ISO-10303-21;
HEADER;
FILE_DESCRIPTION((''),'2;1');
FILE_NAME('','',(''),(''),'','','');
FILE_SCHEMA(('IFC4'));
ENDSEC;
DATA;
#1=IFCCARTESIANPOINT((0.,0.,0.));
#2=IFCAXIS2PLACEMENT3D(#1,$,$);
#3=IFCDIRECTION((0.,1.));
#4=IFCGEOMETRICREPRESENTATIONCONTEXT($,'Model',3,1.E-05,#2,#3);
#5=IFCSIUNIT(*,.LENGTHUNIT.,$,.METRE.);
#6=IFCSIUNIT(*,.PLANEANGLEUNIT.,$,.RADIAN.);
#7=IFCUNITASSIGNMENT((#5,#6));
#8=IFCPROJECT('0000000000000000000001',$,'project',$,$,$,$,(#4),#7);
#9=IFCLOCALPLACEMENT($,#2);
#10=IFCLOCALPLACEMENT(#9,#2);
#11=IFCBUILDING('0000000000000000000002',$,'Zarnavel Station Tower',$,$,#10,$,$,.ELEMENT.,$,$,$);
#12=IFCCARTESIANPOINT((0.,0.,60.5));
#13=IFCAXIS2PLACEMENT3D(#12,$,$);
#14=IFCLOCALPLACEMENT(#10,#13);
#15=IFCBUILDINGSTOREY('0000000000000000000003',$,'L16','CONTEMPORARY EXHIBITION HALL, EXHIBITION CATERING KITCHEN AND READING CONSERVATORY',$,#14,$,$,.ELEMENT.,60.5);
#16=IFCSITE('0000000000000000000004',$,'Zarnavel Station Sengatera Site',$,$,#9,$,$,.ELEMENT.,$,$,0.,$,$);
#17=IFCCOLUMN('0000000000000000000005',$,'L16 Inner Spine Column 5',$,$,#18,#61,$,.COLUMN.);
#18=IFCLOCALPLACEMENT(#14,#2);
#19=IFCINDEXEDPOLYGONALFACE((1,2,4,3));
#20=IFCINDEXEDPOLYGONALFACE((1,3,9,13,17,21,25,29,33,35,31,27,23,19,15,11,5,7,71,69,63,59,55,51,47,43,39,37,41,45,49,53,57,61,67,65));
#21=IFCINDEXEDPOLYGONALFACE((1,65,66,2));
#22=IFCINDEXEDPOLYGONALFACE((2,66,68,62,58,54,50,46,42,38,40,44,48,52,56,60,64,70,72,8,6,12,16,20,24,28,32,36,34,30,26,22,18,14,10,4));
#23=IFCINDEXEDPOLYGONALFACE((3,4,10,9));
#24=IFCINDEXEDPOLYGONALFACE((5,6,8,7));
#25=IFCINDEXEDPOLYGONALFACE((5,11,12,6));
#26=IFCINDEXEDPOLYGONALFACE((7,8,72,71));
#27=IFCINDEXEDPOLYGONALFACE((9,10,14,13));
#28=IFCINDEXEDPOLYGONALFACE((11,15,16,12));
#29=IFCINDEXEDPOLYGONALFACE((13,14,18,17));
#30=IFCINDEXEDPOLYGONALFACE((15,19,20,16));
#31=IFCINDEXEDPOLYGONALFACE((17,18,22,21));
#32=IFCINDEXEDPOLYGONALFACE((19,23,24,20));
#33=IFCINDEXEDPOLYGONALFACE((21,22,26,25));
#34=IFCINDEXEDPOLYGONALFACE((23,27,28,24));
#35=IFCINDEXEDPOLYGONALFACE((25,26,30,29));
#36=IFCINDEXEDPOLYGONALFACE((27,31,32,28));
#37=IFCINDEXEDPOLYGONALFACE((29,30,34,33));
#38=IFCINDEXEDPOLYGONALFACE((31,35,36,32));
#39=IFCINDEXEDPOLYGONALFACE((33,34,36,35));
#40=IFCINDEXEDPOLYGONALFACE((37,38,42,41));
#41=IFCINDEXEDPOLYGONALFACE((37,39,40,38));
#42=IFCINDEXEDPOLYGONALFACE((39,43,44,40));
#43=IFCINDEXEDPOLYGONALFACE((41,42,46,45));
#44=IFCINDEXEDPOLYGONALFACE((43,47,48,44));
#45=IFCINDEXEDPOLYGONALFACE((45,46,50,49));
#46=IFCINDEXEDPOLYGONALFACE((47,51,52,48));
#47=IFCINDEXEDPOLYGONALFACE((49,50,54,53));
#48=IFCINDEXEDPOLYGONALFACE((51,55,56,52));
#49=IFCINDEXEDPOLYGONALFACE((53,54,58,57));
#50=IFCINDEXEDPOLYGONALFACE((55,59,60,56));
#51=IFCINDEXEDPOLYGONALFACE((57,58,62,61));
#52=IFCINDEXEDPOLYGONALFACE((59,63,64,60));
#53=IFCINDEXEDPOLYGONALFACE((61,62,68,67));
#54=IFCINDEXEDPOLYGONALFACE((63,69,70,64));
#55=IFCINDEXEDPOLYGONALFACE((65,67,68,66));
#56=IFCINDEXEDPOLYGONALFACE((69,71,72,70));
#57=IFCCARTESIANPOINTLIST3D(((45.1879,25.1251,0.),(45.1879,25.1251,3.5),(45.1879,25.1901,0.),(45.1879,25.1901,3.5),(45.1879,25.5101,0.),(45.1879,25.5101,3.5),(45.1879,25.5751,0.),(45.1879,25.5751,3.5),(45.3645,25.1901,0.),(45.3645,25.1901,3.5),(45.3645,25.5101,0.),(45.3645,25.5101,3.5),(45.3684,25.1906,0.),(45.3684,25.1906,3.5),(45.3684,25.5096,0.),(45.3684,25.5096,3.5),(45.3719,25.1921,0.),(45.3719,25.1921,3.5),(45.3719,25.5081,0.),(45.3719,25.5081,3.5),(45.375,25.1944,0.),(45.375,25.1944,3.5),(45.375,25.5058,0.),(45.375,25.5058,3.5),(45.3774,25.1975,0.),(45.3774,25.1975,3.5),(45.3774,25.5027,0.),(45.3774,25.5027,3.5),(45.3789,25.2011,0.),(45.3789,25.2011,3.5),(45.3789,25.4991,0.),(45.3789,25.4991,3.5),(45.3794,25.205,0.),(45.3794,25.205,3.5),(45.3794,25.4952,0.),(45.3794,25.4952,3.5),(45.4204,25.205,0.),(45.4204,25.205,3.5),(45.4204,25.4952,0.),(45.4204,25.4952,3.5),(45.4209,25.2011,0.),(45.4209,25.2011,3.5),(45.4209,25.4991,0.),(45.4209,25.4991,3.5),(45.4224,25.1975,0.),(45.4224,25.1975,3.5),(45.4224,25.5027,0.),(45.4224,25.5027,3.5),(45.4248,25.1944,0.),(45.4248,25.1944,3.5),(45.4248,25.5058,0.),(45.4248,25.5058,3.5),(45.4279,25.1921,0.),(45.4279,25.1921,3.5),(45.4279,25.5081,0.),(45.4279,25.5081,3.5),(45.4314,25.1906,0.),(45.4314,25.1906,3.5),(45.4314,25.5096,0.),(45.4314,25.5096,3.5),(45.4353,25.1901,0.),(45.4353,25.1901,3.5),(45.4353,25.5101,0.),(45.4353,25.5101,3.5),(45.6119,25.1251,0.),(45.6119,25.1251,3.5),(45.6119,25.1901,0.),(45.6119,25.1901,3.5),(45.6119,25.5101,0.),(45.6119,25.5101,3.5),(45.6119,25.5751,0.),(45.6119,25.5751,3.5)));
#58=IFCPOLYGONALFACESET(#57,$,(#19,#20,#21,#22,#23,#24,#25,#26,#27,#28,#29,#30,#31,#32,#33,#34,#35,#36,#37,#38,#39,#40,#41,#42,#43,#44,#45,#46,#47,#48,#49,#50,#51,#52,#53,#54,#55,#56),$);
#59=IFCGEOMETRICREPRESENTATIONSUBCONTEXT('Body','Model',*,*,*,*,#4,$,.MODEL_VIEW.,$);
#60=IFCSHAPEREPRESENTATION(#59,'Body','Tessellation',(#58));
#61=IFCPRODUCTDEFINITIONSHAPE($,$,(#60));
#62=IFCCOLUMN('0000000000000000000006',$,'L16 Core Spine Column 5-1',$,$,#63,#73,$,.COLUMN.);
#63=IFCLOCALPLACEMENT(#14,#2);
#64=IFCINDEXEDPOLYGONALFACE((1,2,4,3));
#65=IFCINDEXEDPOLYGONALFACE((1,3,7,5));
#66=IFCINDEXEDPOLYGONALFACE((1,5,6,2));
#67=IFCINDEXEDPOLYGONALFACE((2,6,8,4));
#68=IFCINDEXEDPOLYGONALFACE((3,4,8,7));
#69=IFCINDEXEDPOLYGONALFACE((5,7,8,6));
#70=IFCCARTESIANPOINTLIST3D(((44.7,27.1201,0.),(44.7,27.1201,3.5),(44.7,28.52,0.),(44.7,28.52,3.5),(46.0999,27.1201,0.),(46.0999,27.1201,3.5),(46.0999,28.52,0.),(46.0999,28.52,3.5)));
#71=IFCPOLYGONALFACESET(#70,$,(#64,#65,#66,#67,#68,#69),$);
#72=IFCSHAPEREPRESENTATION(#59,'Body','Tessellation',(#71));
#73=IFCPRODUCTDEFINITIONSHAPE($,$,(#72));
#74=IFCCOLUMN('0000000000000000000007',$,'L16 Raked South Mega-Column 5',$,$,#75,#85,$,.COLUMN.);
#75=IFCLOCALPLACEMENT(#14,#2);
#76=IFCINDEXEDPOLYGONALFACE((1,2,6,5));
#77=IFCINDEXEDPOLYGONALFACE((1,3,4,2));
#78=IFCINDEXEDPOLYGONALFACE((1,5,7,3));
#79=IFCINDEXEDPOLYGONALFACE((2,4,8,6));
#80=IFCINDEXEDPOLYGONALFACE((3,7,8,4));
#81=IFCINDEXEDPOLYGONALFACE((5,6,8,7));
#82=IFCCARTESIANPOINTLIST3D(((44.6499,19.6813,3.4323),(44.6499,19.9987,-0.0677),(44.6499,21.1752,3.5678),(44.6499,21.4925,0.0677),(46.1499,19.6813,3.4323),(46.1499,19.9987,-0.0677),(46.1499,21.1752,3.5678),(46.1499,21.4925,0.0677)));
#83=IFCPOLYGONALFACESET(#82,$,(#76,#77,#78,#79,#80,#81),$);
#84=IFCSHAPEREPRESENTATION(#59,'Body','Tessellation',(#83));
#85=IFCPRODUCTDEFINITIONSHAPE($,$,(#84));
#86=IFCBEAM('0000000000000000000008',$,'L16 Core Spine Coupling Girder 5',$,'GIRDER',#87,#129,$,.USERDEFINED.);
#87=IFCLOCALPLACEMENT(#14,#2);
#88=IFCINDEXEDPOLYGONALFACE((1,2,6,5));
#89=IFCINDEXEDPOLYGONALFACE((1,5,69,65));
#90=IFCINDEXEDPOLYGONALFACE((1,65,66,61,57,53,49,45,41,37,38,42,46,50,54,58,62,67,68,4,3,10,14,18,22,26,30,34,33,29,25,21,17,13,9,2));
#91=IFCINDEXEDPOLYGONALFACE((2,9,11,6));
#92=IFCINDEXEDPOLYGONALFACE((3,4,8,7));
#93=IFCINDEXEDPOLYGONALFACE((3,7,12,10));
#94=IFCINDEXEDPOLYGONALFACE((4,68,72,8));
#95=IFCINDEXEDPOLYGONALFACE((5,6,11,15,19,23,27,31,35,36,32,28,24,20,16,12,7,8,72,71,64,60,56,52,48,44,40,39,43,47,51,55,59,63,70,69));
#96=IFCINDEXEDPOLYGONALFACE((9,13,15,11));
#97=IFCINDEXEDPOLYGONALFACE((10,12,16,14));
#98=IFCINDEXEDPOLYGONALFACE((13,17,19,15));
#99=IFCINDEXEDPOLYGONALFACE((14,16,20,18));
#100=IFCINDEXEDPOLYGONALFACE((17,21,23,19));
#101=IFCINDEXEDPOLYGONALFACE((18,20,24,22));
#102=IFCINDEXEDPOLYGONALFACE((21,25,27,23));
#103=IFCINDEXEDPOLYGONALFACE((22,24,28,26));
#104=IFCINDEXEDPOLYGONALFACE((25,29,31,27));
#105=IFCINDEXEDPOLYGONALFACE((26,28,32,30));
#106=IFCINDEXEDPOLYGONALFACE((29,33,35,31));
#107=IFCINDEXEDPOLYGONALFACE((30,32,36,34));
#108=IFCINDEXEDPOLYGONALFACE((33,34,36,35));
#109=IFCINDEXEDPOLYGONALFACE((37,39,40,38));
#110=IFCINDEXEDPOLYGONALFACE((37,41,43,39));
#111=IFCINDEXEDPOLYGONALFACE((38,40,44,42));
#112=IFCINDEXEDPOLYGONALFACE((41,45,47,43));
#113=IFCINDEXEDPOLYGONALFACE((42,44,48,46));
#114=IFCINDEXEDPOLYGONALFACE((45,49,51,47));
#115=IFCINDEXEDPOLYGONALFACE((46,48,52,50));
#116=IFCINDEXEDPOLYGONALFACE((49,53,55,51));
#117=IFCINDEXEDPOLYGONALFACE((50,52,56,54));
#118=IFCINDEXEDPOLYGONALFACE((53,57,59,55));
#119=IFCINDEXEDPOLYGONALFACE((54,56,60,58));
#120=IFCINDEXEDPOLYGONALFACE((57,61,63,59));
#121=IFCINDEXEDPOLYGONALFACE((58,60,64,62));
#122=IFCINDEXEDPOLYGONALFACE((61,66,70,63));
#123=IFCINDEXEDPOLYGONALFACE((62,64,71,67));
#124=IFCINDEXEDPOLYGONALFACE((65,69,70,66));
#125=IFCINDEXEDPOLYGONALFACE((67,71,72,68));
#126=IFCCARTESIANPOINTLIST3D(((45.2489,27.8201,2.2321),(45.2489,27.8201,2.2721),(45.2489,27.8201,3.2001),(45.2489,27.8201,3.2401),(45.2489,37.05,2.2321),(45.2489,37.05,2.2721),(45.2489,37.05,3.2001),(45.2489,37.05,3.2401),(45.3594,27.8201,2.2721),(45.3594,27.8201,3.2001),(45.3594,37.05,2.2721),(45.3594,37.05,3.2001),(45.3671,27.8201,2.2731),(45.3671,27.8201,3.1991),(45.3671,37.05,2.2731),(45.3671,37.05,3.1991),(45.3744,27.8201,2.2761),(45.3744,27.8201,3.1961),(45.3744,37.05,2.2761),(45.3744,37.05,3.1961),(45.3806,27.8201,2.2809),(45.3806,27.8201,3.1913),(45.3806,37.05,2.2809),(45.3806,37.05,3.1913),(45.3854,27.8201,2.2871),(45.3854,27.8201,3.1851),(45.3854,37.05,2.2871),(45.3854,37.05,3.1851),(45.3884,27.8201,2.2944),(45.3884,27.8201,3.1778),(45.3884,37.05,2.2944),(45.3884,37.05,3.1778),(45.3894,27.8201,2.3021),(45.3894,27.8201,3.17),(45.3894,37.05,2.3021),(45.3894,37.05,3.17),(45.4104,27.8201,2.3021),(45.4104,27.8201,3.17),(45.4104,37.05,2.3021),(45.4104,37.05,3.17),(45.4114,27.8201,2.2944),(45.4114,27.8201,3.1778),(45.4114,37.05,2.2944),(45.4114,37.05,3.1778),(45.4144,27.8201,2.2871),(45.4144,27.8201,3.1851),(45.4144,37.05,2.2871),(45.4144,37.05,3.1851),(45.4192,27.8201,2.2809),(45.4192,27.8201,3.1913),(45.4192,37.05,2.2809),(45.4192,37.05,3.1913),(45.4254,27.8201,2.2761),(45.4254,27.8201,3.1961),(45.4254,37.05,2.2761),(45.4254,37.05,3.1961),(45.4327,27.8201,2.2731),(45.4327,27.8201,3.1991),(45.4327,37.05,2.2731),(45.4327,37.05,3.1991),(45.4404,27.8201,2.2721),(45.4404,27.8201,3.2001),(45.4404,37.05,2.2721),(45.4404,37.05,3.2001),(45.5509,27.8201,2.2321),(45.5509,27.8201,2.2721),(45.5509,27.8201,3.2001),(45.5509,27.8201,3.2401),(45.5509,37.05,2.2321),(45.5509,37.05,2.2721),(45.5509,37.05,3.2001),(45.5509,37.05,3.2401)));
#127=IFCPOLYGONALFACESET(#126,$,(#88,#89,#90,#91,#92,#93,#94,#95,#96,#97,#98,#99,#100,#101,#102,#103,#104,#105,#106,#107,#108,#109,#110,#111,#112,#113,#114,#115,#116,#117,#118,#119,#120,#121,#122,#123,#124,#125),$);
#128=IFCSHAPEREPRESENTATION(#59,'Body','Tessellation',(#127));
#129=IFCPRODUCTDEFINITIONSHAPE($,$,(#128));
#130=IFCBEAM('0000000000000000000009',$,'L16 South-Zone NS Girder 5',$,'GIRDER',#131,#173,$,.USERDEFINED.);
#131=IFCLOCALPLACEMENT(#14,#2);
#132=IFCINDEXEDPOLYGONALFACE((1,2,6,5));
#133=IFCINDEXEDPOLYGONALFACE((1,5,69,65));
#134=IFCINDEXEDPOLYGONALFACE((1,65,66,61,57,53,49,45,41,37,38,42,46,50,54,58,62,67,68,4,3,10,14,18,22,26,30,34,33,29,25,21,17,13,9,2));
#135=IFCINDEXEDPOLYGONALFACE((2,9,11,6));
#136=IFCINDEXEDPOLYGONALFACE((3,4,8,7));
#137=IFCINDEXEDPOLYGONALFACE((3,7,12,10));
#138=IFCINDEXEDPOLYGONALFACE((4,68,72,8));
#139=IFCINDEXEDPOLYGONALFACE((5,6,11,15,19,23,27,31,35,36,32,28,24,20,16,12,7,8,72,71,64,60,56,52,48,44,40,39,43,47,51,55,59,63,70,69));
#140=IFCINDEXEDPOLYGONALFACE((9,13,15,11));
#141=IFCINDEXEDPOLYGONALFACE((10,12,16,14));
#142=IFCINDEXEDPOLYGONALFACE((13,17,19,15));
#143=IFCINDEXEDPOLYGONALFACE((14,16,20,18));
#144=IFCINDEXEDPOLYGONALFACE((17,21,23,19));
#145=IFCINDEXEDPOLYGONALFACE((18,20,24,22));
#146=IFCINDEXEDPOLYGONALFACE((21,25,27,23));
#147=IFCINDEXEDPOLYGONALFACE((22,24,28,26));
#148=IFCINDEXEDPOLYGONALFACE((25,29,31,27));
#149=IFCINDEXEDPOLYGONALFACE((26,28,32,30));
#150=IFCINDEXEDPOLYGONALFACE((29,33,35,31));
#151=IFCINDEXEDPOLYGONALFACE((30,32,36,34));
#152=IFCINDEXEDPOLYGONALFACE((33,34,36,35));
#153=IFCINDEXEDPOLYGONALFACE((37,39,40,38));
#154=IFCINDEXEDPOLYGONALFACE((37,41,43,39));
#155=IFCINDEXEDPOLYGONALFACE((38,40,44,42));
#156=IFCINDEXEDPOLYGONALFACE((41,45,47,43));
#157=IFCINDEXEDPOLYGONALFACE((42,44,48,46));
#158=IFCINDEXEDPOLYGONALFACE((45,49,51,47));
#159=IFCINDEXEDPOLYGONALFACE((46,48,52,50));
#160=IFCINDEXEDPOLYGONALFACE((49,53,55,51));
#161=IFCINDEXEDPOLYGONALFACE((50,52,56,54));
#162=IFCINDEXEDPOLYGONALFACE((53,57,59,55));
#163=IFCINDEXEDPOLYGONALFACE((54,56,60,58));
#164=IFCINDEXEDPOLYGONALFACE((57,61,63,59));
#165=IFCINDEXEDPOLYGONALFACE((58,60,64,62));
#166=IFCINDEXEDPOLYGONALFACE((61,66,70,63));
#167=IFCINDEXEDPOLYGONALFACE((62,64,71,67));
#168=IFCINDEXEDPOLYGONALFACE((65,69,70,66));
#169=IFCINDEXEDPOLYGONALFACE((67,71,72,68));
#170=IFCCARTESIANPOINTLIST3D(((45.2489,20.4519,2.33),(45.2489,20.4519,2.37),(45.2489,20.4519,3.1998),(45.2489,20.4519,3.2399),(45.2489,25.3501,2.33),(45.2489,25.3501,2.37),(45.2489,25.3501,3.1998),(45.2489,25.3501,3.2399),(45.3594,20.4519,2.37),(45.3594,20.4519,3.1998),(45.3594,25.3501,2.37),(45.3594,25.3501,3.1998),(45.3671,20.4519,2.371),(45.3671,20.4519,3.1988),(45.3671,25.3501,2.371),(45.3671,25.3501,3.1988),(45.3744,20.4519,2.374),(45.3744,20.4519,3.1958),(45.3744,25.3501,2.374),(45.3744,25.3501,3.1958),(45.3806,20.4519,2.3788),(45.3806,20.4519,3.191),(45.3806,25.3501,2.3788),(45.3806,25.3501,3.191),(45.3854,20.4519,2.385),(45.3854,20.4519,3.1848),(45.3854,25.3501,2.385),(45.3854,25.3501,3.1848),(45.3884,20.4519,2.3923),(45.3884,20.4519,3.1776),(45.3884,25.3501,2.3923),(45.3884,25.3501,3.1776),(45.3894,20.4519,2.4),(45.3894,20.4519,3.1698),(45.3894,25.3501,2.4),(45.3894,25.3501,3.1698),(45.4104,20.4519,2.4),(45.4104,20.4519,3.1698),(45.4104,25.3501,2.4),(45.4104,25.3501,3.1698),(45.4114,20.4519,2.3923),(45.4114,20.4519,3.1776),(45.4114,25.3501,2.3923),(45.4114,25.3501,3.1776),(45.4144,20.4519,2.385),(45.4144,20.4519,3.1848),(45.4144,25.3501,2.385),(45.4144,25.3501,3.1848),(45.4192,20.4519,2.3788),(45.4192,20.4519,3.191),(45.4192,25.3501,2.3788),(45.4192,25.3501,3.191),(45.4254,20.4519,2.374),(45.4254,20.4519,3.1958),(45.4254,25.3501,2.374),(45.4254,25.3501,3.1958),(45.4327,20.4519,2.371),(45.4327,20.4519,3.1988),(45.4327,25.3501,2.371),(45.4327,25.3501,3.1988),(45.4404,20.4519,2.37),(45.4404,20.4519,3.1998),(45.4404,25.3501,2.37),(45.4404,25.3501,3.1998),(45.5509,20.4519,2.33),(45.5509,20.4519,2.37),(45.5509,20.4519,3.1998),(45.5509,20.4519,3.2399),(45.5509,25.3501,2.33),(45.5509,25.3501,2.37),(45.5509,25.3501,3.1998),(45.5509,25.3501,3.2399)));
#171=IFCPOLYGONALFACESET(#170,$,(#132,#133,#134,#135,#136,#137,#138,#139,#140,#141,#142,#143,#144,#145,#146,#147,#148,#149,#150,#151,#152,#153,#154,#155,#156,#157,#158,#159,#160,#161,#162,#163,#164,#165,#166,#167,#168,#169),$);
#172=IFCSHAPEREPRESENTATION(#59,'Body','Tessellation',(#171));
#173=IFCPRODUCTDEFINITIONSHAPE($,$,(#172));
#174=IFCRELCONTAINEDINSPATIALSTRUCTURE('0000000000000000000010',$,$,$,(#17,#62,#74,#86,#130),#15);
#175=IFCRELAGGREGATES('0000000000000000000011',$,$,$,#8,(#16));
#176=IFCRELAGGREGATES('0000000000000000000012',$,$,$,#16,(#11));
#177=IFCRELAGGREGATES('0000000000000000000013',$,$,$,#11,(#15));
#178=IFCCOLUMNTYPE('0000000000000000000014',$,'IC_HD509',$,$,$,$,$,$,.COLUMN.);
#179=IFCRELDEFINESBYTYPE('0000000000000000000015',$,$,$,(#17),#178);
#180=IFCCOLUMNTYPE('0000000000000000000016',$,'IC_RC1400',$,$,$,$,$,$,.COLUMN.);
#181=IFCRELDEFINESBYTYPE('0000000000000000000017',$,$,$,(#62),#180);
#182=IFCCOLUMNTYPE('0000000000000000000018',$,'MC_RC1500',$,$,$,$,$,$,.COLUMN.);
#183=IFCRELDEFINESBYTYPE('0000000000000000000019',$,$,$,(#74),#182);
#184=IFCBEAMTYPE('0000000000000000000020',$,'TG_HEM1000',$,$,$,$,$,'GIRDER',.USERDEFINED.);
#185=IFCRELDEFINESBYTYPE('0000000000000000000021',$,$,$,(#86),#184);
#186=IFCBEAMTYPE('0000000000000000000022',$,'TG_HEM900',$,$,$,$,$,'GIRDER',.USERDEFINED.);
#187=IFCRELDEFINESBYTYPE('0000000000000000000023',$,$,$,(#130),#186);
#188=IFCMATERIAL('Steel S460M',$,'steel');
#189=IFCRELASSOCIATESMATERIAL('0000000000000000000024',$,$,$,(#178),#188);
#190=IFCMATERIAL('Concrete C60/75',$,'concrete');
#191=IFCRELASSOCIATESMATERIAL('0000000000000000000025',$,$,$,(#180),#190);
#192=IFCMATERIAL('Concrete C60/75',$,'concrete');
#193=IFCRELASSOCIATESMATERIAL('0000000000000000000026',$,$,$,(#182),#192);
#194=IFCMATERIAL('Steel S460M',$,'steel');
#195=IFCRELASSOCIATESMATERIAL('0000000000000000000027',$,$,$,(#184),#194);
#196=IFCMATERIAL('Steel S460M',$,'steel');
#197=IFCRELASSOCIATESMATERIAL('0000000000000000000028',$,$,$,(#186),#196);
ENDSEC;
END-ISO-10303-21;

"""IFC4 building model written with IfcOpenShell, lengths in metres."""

from ifc_helpers import new_model, si_unit, direction, frame, origin, origin_2d, place, context, subcontext, project, spatial, rectangle, i_section, extrude, material, material_profile, profile_set, type_object, element, save


model = new_model("IFC4")

# Units and contexts
model_context = context("Model", 3, precision=1e-05, world=origin(), true_north=direction((0.0, 1.0)))
body_context = subcontext(model_context, "Body", "Model", "MODEL_VIEW")
ifc_project = project(units=[si_unit("LENGTHUNIT", "METRE"), si_unit("PLANEANGLEUNIT", "RADIAN")], contexts=[model_context])

# Site, building, storey
site_placement = place(None, origin())
site = spatial("IfcSite", under=ifc_project, at=site_placement, Name="Zarnavel Station Sengatera Site", CompositionType="ELEMENT", RefElevation=0.0)
building_placement = place(site_placement, origin())
building = spatial("IfcBuilding", under=site, at=building_placement, Name="Zarnavel Station Tower", CompositionType="ELEMENT")
storey_placement = place(building_placement, frame((0.0, 0.0, 60.5)))
storey = spatial("IfcBuildingStorey", under=building, at=storey_placement, Name="L16", Description="CONTEMPORARY EXHIBITION HALL, EXHIBITION CATERING KITCHEN AND READING CONSERVATORY", CompositionType="ELEMENT", Elevation=60.5)

# Columns
ifc_material_1 = material(Name="Steel S460M", Category="steel")
ifc_material_profile_1 = material_profile(ifc_material_1, i_section(OverallWidth=0.4241, OverallDepth=0.45, WebThickness=0.041, FlangeThickness=0.0649, FilletRadius=0.0149, at=origin_2d()), Name="HD400x509")
ifc_profile_set_1 = profile_set([ifc_material_profile_1], Name="Steel S460M")
column_type_1 = type_object("IfcColumnType", Name="IC_HD509", PredefinedType="COLUMN", material=ifc_profile_set_1)
column_1_placement = place(storey_placement, frame((45.3999, 25.3501, 0.0), z_axis=(0.0, 0.0, 1.0), x_axis=(1.0, 0.0, 0.0)))
element("IfcColumn", 1, at=column_1_placement, inside=storey, type_object=column_type_1, Name="L16 Inner Spine Column 5", PredefinedType="COLUMN", context=body_context, shape_type="SweptSolid", body=[
    extrude(i_section(OverallWidth=0.4241, OverallDepth=0.45, WebThickness=0.041, FlangeThickness=0.0649, FilletRadius=0.0149, at=origin_2d()), origin(), (0.0, 0.0, 1.0), 3.5),
])
ifc_material_2 = material(Name="Concrete C60/75", Category="concrete")
ifc_material_profile_2 = material_profile(ifc_material_2, rectangle(XDim=1.3999, YDim=1.3999, at=origin_2d()), Name="RC1400x1400")
ifc_profile_set_2 = profile_set([ifc_material_profile_2], Name="Concrete C60/75")
column_type_2 = type_object("IfcColumnType", Name="IC_RC1400", PredefinedType="COLUMN", material=ifc_profile_set_2)
column_2_placement = place(storey_placement, frame((45.3999, 27.8201, 0.0), z_axis=(0.0, 0.0, 1.0), x_axis=(1.0, 0.0, 0.0)))
element("IfcColumn", 2, at=column_2_placement, inside=storey, type_object=column_type_2, Name="L16 Core Spine Column 5-1", PredefinedType="COLUMN", context=body_context, shape_type="SweptSolid", body=[
    extrude(rectangle(XDim=1.3999, YDim=1.3999, at=origin_2d()), origin(), (0.0, 0.0, 1.0), 3.5),
])
ifc_material_3 = material(Name="Concrete C60/75", Category="concrete")
ifc_material_profile_3 = material_profile(ifc_material_3, rectangle(XDim=1.5, YDim=1.5, at=origin_2d()), Name="RC1500x1500")
ifc_profile_set_3 = profile_set([ifc_material_profile_3], Name="Concrete C60/75")
column_type_3 = type_object("IfcColumnType", Name="MC_RC1500", PredefinedType="COLUMN", material=ifc_profile_set_3)
column_3_placement = place(storey_placement, frame((45.3999, 20.7456, 0.0), z_axis=(0.0, -0.09031, 0.995914), x_axis=(1.0, 0.0, 0.0)))
element("IfcColumn", 3, at=column_3_placement, inside=storey, type_object=column_type_3, Name="L16 Raked South Mega-Column 5", PredefinedType="COLUMN", context=body_context, shape_type="SweptSolid", body=[
    extrude(rectangle(XDim=1.5, YDim=1.5, at=origin_2d()), origin(), (0.0, 0.0, 1.0), 3.5144),
])

# Beams
ifc_material_4 = material(Name="Steel S460M", Category="steel")
ifc_material_profile_4 = material_profile(ifc_material_4, i_section(OverallWidth=0.302, OverallDepth=1.0081, WebThickness=0.021, FlangeThickness=0.04, FilletRadius=0.03, at=origin_2d()), Name="HEM1000")
ifc_profile_set_4 = profile_set([ifc_material_profile_4], Name="Steel S460M")
beam_type_1 = type_object("IfcBeamType", Name="TG_HEM1000", ElementType="GIRDER", PredefinedType="USERDEFINED", material=ifc_profile_set_4)
beam_1_placement = place(storey_placement, frame((45.3999, 27.8201, 2.7361), z_axis=(0.0, 1.0, 0.0), x_axis=(-1.0, 0.0, 0.0)))
element("IfcBeam", 4, at=beam_1_placement, inside=storey, type_object=beam_type_1, Name="L16 Core Spine Coupling Girder 5", ObjectType="GIRDER", PredefinedType="USERDEFINED", context=body_context, shape_type="SweptSolid", body=[
    extrude(i_section(OverallWidth=0.302, OverallDepth=1.0081, WebThickness=0.021, FlangeThickness=0.04, FilletRadius=0.03, at=origin_2d()), origin(), (0.0, 0.0, 1.0), 9.23),
])
ifc_material_5 = material(Name="Steel S460M", Category="steel")
ifc_material_profile_5 = material_profile(ifc_material_5, i_section(OverallWidth=0.302, OverallDepth=0.9099, WebThickness=0.021, FlangeThickness=0.04, FilletRadius=0.03, at=origin_2d()), Name="HEM900")
ifc_profile_set_5 = profile_set([ifc_material_profile_5], Name="Steel S460M")
beam_type_2 = type_object("IfcBeamType", Name="TG_HEM900", ElementType="GIRDER", PredefinedType="USERDEFINED", material=ifc_profile_set_5)
beam_2_placement = place(storey_placement, frame((45.3999, 20.4519, 2.7849), z_axis=(0.0, 1.0, 0.0), x_axis=(-1.0, 0.0, 0.0)))
element("IfcBeam", 5, at=beam_2_placement, inside=storey, type_object=beam_type_2, Name="L16 South-Zone NS Girder 5", ObjectType="GIRDER", PredefinedType="USERDEFINED", context=body_context, shape_type="SweptSolid", body=[
    extrude(i_section(OverallWidth=0.302, OverallDepth=0.9099, WebThickness=0.021, FlangeThickness=0.04, FilletRadius=0.03, at=origin_2d()), origin(), (0.0, 0.0, 1.0), 4.8982),
])

save(model, "model.ifc")
